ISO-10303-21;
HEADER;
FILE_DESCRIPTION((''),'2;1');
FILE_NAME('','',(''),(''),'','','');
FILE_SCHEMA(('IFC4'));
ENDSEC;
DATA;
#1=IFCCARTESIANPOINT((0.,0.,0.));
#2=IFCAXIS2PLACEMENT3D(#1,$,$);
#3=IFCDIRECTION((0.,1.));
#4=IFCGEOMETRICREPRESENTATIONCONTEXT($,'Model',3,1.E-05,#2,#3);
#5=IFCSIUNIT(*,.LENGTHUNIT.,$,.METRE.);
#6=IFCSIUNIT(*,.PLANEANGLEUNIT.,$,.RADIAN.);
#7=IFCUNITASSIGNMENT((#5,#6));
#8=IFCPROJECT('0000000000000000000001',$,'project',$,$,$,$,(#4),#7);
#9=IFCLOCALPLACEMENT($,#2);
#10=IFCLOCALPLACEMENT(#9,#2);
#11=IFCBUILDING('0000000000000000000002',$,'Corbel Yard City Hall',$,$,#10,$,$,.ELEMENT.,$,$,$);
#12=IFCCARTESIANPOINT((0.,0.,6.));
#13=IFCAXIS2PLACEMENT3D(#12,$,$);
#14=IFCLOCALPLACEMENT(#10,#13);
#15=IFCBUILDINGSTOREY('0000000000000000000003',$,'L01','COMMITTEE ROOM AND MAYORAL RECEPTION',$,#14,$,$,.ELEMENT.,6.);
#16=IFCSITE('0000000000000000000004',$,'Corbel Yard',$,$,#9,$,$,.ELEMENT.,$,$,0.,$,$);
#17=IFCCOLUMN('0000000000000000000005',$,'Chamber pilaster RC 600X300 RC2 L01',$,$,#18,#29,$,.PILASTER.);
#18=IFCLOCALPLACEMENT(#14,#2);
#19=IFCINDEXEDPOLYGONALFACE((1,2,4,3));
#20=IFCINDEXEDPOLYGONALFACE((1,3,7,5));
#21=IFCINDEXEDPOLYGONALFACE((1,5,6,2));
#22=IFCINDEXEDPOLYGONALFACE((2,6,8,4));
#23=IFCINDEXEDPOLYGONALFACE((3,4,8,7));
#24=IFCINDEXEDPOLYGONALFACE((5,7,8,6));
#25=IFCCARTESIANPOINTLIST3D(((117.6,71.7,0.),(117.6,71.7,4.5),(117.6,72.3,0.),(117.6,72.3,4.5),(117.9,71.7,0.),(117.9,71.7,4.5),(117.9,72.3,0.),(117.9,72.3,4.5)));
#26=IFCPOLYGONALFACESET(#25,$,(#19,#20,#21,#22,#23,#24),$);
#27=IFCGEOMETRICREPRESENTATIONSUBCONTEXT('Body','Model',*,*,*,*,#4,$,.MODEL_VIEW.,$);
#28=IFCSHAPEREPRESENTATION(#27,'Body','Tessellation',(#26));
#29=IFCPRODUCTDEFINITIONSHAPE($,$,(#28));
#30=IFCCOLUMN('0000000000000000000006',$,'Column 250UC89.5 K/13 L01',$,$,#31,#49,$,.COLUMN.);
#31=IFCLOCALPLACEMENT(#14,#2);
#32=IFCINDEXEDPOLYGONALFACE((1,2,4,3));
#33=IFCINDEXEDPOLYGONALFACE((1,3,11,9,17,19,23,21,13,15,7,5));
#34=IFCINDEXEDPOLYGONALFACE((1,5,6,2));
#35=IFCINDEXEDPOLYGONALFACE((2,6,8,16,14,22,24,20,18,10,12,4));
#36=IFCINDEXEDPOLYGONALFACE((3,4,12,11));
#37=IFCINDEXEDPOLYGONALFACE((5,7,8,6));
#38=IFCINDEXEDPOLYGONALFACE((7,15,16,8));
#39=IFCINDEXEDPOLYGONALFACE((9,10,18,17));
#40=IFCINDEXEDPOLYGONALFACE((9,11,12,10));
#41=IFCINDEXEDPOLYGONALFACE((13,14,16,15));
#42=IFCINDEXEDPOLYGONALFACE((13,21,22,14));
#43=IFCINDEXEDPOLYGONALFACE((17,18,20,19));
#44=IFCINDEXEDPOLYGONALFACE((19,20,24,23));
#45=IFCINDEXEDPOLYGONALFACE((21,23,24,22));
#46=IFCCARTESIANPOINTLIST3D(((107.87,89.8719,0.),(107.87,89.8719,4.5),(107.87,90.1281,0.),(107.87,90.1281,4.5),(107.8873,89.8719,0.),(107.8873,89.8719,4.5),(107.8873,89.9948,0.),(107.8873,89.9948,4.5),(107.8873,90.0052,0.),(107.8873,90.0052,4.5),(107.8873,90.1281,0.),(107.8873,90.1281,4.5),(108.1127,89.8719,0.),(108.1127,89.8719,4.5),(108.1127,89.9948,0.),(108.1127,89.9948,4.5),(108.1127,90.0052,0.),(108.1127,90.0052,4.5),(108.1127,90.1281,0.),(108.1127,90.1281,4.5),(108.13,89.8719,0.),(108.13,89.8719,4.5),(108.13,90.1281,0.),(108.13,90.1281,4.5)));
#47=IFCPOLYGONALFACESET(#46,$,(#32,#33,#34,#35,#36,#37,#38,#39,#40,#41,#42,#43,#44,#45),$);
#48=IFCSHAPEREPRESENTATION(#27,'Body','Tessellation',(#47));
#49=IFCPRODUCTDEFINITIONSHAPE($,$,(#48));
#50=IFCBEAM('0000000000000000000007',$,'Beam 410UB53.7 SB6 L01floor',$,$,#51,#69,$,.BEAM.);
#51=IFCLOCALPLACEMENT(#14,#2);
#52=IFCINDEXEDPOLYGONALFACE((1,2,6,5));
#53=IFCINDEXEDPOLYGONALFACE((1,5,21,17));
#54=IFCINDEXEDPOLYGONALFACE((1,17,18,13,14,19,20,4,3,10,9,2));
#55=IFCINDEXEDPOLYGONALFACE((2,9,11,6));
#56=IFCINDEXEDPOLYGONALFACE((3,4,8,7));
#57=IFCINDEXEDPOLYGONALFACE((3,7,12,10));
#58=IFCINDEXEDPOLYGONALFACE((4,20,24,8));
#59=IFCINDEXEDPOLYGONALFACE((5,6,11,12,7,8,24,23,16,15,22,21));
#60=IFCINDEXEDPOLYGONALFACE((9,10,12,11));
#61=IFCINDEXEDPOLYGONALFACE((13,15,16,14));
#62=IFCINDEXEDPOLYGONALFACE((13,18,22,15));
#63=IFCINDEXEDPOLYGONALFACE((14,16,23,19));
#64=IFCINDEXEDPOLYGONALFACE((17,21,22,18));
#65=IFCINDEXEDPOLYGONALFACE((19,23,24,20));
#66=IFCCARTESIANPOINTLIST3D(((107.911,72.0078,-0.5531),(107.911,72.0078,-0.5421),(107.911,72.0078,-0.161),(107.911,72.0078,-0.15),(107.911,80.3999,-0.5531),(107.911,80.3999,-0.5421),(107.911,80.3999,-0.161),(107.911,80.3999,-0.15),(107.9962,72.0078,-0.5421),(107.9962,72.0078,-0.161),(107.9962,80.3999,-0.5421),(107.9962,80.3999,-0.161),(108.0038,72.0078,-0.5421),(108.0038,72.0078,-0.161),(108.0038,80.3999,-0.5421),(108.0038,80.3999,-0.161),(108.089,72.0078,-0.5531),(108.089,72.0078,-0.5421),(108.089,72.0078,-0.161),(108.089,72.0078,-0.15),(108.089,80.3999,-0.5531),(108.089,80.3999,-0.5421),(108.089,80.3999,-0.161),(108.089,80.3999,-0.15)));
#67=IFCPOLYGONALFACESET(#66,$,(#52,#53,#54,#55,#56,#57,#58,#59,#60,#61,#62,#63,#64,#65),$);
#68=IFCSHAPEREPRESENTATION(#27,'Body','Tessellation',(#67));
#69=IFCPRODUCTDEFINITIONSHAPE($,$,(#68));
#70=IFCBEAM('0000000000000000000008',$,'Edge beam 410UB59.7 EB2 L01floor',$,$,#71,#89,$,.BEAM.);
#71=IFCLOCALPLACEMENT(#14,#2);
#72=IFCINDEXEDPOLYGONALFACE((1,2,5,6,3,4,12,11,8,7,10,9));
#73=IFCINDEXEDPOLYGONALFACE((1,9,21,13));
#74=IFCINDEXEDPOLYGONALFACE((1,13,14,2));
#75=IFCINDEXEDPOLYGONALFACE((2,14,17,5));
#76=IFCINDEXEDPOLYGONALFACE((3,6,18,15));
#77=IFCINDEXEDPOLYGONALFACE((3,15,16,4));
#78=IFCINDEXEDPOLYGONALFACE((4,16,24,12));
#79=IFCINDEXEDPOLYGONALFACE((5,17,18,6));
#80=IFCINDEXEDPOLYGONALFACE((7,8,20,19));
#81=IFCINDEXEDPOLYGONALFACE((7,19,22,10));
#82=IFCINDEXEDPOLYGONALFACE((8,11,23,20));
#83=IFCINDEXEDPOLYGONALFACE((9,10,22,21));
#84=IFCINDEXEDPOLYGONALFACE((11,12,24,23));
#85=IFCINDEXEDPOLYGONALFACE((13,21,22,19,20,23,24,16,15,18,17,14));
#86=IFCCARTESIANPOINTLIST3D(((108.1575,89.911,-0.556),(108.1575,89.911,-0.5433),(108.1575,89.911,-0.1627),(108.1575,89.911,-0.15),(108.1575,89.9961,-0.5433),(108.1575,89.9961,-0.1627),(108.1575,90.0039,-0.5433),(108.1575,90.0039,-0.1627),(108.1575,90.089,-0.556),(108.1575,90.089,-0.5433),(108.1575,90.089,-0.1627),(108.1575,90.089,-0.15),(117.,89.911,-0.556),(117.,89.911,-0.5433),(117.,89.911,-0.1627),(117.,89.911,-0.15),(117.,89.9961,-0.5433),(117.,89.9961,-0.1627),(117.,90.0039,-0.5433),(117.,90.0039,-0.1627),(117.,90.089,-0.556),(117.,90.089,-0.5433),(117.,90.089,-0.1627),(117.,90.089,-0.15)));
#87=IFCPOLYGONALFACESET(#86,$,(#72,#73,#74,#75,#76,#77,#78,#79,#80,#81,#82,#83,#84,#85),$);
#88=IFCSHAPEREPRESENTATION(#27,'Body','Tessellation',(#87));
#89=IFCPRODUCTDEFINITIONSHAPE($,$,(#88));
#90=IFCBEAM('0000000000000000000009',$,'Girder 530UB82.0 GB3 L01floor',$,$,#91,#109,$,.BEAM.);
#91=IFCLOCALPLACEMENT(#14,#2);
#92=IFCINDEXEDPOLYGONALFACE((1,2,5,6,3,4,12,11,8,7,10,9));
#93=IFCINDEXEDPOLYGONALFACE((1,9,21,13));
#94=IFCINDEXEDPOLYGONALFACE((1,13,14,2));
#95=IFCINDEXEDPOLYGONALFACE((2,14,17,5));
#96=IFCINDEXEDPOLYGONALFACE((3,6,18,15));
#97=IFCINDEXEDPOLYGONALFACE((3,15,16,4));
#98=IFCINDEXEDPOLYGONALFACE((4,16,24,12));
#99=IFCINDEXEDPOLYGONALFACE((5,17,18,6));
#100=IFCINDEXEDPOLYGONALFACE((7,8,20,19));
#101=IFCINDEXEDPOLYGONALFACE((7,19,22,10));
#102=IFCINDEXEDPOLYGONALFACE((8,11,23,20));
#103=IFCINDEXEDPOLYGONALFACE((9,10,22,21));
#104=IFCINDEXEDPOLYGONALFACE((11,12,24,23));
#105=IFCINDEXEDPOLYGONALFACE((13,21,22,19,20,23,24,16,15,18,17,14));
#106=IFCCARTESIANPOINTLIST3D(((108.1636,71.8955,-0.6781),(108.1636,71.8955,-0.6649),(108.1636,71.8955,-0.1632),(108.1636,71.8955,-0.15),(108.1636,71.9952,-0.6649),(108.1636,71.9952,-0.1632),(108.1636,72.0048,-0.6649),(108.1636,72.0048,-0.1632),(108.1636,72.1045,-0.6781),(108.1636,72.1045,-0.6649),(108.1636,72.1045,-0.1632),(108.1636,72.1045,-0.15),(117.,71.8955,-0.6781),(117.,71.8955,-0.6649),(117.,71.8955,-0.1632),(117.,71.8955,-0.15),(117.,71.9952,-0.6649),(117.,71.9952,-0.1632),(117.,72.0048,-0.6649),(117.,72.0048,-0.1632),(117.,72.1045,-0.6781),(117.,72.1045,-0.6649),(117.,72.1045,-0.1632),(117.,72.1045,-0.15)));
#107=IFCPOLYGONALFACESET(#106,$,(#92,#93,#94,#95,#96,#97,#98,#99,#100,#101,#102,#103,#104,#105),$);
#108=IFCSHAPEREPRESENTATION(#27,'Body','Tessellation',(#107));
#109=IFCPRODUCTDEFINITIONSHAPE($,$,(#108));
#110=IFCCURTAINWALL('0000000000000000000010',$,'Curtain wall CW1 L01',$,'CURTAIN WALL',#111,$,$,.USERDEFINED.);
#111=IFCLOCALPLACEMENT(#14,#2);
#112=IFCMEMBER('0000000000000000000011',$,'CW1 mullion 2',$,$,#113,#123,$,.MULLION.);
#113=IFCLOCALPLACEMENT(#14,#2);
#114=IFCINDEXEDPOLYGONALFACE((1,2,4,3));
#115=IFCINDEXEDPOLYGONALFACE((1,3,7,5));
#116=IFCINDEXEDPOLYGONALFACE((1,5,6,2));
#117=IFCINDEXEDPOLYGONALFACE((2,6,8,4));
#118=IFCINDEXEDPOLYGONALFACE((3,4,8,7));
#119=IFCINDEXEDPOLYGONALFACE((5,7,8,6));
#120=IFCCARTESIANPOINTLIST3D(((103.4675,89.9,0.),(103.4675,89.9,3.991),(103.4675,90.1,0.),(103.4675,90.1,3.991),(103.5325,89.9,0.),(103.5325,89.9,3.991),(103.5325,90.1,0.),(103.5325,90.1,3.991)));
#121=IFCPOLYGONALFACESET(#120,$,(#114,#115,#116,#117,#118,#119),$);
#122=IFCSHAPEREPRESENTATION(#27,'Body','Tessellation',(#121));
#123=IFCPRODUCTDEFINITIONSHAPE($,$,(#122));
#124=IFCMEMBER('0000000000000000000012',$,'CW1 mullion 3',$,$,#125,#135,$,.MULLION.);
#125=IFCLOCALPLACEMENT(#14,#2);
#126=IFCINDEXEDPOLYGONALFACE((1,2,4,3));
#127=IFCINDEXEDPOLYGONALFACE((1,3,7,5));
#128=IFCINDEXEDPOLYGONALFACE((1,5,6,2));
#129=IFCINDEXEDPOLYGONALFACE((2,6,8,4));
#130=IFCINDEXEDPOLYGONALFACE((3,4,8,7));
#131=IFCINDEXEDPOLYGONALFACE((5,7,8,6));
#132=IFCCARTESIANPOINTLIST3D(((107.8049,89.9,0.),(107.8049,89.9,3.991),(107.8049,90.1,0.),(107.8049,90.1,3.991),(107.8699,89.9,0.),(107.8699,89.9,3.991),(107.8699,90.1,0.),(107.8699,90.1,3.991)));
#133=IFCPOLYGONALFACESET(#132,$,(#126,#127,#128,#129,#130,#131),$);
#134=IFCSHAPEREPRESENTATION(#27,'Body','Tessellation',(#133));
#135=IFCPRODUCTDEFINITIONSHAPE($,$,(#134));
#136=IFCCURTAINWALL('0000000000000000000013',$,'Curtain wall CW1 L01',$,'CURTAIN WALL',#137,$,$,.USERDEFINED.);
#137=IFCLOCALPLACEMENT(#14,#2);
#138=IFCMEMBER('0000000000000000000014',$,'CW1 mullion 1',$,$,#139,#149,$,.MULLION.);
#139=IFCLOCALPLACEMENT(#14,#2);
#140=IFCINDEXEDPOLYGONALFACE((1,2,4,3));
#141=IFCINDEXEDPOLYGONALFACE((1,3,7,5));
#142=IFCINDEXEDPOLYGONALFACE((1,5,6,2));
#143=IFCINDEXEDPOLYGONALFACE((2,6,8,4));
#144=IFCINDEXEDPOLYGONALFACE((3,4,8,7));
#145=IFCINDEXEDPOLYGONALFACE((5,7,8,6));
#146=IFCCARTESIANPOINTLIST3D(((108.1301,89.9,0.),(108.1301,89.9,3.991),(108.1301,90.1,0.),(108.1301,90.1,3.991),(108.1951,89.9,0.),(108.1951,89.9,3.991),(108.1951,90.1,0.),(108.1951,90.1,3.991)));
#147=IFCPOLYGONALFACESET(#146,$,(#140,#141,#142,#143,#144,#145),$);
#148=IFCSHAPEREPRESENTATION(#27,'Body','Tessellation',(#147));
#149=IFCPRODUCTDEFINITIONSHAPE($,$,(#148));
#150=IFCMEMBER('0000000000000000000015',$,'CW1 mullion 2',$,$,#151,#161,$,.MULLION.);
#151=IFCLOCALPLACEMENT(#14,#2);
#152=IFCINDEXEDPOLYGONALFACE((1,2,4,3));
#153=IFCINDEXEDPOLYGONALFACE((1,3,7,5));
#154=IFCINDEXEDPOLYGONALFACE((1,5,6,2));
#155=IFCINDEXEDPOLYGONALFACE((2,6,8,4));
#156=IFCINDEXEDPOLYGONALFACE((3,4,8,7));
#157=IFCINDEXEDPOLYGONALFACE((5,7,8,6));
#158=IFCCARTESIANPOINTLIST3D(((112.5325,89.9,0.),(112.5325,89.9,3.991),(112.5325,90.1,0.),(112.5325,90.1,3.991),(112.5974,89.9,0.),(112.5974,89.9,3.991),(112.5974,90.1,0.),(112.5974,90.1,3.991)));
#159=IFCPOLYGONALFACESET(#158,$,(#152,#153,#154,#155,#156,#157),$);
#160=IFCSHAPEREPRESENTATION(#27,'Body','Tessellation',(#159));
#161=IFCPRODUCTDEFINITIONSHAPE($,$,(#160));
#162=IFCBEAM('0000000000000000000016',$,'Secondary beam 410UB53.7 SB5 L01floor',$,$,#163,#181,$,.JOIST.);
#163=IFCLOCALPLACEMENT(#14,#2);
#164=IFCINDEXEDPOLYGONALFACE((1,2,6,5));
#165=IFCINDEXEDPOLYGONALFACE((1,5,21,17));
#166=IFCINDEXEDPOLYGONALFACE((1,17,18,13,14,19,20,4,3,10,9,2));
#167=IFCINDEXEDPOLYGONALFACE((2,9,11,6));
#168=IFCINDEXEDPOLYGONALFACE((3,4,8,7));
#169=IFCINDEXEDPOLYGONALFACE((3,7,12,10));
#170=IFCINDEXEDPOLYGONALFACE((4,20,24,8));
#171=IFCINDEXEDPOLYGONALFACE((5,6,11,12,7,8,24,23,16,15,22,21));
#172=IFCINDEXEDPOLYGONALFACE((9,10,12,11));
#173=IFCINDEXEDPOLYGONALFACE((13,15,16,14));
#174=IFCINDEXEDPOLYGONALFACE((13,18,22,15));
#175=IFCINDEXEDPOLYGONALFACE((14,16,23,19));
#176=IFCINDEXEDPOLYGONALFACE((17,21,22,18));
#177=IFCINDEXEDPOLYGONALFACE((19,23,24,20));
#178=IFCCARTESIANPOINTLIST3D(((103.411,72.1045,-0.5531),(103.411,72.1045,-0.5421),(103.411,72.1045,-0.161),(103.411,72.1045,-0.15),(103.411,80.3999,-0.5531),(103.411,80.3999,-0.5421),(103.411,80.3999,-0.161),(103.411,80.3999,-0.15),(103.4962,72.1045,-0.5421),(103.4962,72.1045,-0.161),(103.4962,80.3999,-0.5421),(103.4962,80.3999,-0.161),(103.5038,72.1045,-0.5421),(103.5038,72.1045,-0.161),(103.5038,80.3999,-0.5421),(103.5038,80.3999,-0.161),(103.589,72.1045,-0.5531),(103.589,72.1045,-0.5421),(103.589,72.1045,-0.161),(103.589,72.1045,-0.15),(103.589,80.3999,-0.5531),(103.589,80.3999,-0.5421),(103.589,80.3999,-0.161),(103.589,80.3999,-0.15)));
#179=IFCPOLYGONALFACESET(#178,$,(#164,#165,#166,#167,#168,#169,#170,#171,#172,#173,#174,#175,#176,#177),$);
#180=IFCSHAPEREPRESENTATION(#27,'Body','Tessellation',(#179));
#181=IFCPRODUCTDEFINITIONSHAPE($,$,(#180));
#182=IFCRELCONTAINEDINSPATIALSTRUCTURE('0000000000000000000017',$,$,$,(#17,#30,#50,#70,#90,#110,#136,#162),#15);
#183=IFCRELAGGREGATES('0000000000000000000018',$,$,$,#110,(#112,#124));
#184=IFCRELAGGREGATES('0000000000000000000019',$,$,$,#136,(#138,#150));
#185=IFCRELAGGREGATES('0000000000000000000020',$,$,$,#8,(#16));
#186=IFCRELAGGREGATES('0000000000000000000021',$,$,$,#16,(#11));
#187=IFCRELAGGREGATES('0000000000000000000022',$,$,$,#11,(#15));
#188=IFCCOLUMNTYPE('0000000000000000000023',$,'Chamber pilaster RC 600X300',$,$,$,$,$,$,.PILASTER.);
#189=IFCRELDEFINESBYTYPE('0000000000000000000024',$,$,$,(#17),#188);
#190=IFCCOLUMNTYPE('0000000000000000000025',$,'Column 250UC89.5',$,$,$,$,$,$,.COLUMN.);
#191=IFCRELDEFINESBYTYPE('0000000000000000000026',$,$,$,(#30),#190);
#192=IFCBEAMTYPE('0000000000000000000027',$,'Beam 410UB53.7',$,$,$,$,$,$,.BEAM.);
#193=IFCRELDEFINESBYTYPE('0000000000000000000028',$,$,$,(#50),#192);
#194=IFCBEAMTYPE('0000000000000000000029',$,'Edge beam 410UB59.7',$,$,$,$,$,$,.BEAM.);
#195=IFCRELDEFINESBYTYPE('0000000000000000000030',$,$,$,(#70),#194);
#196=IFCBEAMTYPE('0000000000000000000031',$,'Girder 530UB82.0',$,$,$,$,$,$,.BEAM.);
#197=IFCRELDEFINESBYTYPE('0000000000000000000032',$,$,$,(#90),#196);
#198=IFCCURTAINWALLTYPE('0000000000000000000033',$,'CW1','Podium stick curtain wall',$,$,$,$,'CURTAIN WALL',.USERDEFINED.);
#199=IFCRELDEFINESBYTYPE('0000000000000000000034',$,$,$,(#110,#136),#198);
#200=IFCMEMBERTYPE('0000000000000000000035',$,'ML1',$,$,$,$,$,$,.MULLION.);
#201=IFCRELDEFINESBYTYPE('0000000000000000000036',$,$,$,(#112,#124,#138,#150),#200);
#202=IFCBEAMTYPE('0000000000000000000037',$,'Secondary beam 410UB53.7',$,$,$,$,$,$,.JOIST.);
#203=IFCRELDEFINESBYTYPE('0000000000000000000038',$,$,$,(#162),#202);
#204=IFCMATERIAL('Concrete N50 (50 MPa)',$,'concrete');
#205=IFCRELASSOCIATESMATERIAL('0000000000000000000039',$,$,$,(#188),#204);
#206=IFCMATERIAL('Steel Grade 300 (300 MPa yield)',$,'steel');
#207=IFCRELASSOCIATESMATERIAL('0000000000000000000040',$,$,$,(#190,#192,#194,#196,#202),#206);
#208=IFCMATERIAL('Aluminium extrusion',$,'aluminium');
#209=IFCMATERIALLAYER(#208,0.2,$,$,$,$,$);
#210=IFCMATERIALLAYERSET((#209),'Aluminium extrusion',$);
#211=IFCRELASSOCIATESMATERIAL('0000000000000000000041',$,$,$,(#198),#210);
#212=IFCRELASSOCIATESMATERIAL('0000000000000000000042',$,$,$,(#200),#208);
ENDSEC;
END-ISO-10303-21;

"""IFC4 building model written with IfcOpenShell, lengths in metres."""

from ifc_helpers import new_model, si_unit, direction, frame, origin, origin_2d, place, context, subcontext, project, spatial, rectangle, i_section, extrude, material, layer, layer_set, material_profile, profile_set, type_object, element, aggregate, save


model = new_model("IFC4")

# Units and contexts
model_context = context("Model", 3, precision=1e-05, world=origin(), true_north=direction((0.0, 1.0)))
body_context = subcontext(model_context, "Body", "Model", "MODEL_VIEW")
ifc_project = project(units=[si_unit("LENGTHUNIT", "METRE"), si_unit("PLANEANGLEUNIT", "RADIAN")], contexts=[model_context])

# Site, building, storey
site_placement = place(None, origin())
site = spatial("IfcSite", under=ifc_project, at=site_placement, Name="Corbel Yard", CompositionType="ELEMENT", RefElevation=0.0)
building_placement = place(site_placement, origin())
building = spatial("IfcBuilding", under=site, at=building_placement, Name="Corbel Yard City Hall", CompositionType="ELEMENT")
storey_placement = place(building_placement, frame((0.0, 0.0, 6.0)))
storey = spatial("IfcBuildingStorey", under=building, at=storey_placement, Name="L01", Description="COMMITTEE ROOM AND MAYORAL RECEPTION", CompositionType="ELEMENT", Elevation=6.0)

# Columns
ifc_material_1 = material(Name="Concrete N50 (50 MPa)", Category="concrete")
ifc_material_profile_1 = material_profile(ifc_material_1, rectangle(XDim=0.6001, YDim=0.3, at=origin_2d()), Name="600x300")
ifc_profile_set_1 = profile_set([ifc_material_profile_1], Name="Concrete N50 (50 MPa)")
column_type_1 = type_object("IfcColumnType", Name="Chamber pilaster RC 600X300", PredefinedType="PILASTER", material=ifc_profile_set_1)
column_1_placement = place(storey_placement, frame((117.75, 72.0, 0.0), z_axis=(0.0, 0.0, 1.0), x_axis=(0.0, 1.0, 0.0)))
element("IfcColumn", 1, at=column_1_placement, inside=storey, type_object=column_type_1, Name="Chamber pilaster RC 600X300 RC2 L01", PredefinedType="PILASTER", context=body_context, shape_type="SweptSolid", body=[
    extrude(rectangle(XDim=0.6001, YDim=0.3, at=origin_2d()), origin(), (0.0, 0.0, 1.0), 4.5),
])
ifc_material_2 = material(Name="Steel Grade 300 (300 MPa yield)", Category="steel")
ifc_material_profile_2 = material_profile(ifc_material_2, i_section(OverallWidth=0.2561, OverallDepth=0.26, WebThickness=0.0105, FlangeThickness=0.0173, at=origin_2d()), Name="250UC89.5")
ifc_profile_set_2 = profile_set([ifc_material_profile_2], Name="Steel Grade 300 (300 MPa yield)")
column_type_2 = type_object("IfcColumnType", Name="Column 250UC89.5", PredefinedType="COLUMN", material=ifc_profile_set_2)
column_2_placement = place(storey_placement, frame((108.0, 90.0, 0.0), z_axis=(0.0, 0.0, 1.0), x_axis=(0.0, 1.0, 0.0)))
element("IfcColumn", 2, at=column_2_placement, inside=storey, type_object=column_type_2, Name="Column 250UC89.5 K/13 L01", PredefinedType="COLUMN", context=body_context, shape_type="SweptSolid", body=[
    extrude(i_section(OverallWidth=0.2561, OverallDepth=0.26, WebThickness=0.0105, FlangeThickness=0.0173, at=origin_2d()), origin(), (0.0, 0.0, 1.0), 4.5),
])

# Beams
ifc_material_profile_3 = material_profile(ifc_material_2, i_section(OverallWidth=0.178, OverallDepth=0.4031, WebThickness=0.0076, FlangeThickness=0.011, at=origin_2d()), Name="410UB53.7")
ifc_profile_set_3 = profile_set([ifc_material_profile_3], Name="Steel Grade 300 (300 MPa yield)")
beam_type_1 = type_object("IfcBeamType", Name="Beam 410UB53.7", PredefinedType="BEAM", material=ifc_profile_set_3)
beam_1_placement = place(storey_placement, frame((108.0, 72.0078, -0.3516), z_axis=(0.0, 1.0, 0.0), x_axis=(-1.0, 0.0, 0.0)))
element("IfcBeam", 3, at=beam_1_placement, inside=storey, type_object=beam_type_1, Name="Beam 410UB53.7 SB6 L01floor", PredefinedType="BEAM", context=body_context, shape_type="SweptSolid", body=[
    extrude(i_section(OverallWidth=0.178, OverallDepth=0.4031, WebThickness=0.0076, FlangeThickness=0.011, at=origin_2d()), origin(), (0.0, 0.0, 1.0), 8.3921),
])
ifc_material_profile_4 = material_profile(ifc_material_2, i_section(OverallWidth=0.178, OverallDepth=0.406, WebThickness=0.0078, FlangeThickness=0.0127, at=origin_2d()), Name="410UB59.7")
ifc_profile_set_4 = profile_set([ifc_material_profile_4], Name="Steel Grade 300 (300 MPa yield)")
beam_type_2 = type_object("IfcBeamType", Name="Edge beam 410UB59.7", PredefinedType="BEAM", material=ifc_profile_set_4)
beam_2_placement = place(storey_placement, frame((108.1575, 90.0, -0.353), z_axis=(1.0, 0.0, 0.0), x_axis=(0.0, 1.0, 0.0)))
element("IfcBeam", 4, at=beam_2_placement, inside=storey, type_object=beam_type_2, Name="Edge beam 410UB59.7 EB2 L01floor", PredefinedType="BEAM", context=body_context, shape_type="SweptSolid", body=[
    extrude(i_section(OverallWidth=0.178, OverallDepth=0.406, WebThickness=0.0078, FlangeThickness=0.0127, at=origin_2d()), origin(), (0.0, 0.0, 1.0), 8.8425),
])
ifc_material_profile_5 = material_profile(ifc_material_2, i_section(OverallWidth=0.209, OverallDepth=0.5281, WebThickness=0.0095, FlangeThickness=0.0132, at=origin_2d()), Name="530UB82.0")
ifc_profile_set_5 = profile_set([ifc_material_profile_5], Name="Steel Grade 300 (300 MPa yield)")
beam_type_3 = type_object("IfcBeamType", Name="Girder 530UB82.0", PredefinedType="BEAM", material=ifc_profile_set_5)
beam_3_placement = place(storey_placement, frame((108.1636, 72.0, -0.4141), z_axis=(1.0, 0.0, 0.0), x_axis=(0.0, 1.0, 0.0)))
element("IfcBeam", 5, at=beam_3_placement, inside=storey, type_object=beam_type_3, Name="Girder 530UB82.0 GB3 L01floor", PredefinedType="BEAM", context=body_context, shape_type="SweptSolid", body=[
    extrude(i_section(OverallWidth=0.209, OverallDepth=0.5281, WebThickness=0.0095, FlangeThickness=0.0132, at=origin_2d()), origin(), (0.0, 0.0, 1.0), 8.8364),
])

# Curtain walls, members
ifc_material_3 = material(Name="Aluminium extrusion", Category="aluminium")
ifc_layer_1 = layer(ifc_material_3, 0.2)
ifc_layer_set_1 = layer_set([ifc_layer_1], Name="Aluminium extrusion")
curtain_wall_type = type_object("IfcCurtainWallType", Name="CW1", Description="Podium stick curtain wall", ElementType="CURTAIN WALL", PredefinedType="USERDEFINED", material=ifc_layer_set_1)
curtain_wall_1_placement = place(storey_placement, origin())
curtain_wall_1 = element("IfcCurtainWall", 6, at=curtain_wall_1_placement, inside=storey, type_object=curtain_wall_type, Name="Curtain wall CW1 L01", ObjectType="CURTAIN WALL", PredefinedType="USERDEFINED")
ifc_material_profile_6 = material_profile(ifc_material_3, rectangle(XDim=0.2, YDim=0.0649, at=origin_2d()), Name="200x65")
ifc_profile_set_6 = profile_set([ifc_material_profile_6], Name="Aluminium extrusion")
member_type_1 = type_object("IfcMemberType", Name="ML1", PredefinedType="MULLION", material=ifc_profile_set_6)
member_1_placement = place(storey_placement, frame((103.5, 90.0, 0.0), z_axis=(0.0, 0.0, 1.0), x_axis=(0.0, 1.0, 0.0)))
member_1 = element("IfcMember", 7, at=member_1_placement, type_object=member_type_1, Name="CW1 mullion 2", PredefinedType="MULLION", context=body_context, shape_type="SweptSolid", body=[
    extrude(rectangle(XDim=0.2, YDim=0.0649, at=origin_2d()), origin(), (0.0, 0.0, 1.0), 3.991),
])
member_2_placement = place(storey_placement, frame((107.8374, 90.0, 0.0), z_axis=(0.0, 0.0, 1.0), x_axis=(0.0, 1.0, 0.0)))
member_2 = element("IfcMember", 8, at=member_2_placement, type_object=member_type_1, Name="CW1 mullion 3", PredefinedType="MULLION", context=body_context, shape_type="SweptSolid", body=[
    extrude(rectangle(XDim=0.2, YDim=0.0649, at=origin_2d()), origin(), (0.0, 0.0, 1.0), 3.991),
])
curtain_wall_2_placement = place(storey_placement, origin())
curtain_wall_2 = element("IfcCurtainWall", 9, at=curtain_wall_2_placement, inside=storey, type_object=curtain_wall_type, Name="Curtain wall CW1 L01", ObjectType="CURTAIN WALL", PredefinedType="USERDEFINED")
member_3_placement = place(storey_placement, frame((108.1626, 90.0, 0.0), z_axis=(0.0, 0.0, 1.0), x_axis=(0.0, 1.0, 0.0)))
member_3 = element("IfcMember", 10, at=member_3_placement, type_object=member_type_1, Name="CW1 mullion 1", PredefinedType="MULLION", context=body_context, shape_type="SweptSolid", body=[
    extrude(rectangle(XDim=0.2, YDim=0.0649, at=origin_2d()), origin(), (0.0, 0.0, 1.0), 3.991),
])
member_4_placement = place(storey_placement, frame((112.5649, 90.0, 0.0), z_axis=(0.0, 0.0, 1.0), x_axis=(0.0, 1.0, 0.0)))
member_4 = element("IfcMember", 11, at=member_4_placement, type_object=member_type_1, Name="CW1 mullion 2", PredefinedType="MULLION", context=body_context, shape_type="SweptSolid", body=[
    extrude(rectangle(XDim=0.2, YDim=0.0649, at=origin_2d()), origin(), (0.0, 0.0, 1.0), 3.991),
])

# Beam
ifc_material_profile_7 = material_profile(ifc_material_2, i_section(OverallWidth=0.178, OverallDepth=0.4031, WebThickness=0.0076, FlangeThickness=0.011, at=origin_2d()), Name="410UB53.7")
ifc_profile_set_7 = profile_set([ifc_material_profile_7], Name="Steel Grade 300 (300 MPa yield)")
beam_type_4 = type_object("IfcBeamType", Name="Secondary beam 410UB53.7", PredefinedType="JOIST", material=ifc_profile_set_7)
for number, where, z_axis, x_axis, name in (
    (12, (103.5, 72.1045, -0.3516), (0.0, 1.0, 0.0), (-1.0, 0.0, 0.0), "Secondary beam 410UB53.7 SB5 L01floor"),
):
    element("IfcBeam", number, at=place(storey_placement, frame(where, z_axis=z_axis, x_axis=x_axis)), inside=storey, type_object=beam_type_4, Name=name, PredefinedType="JOIST", context=body_context, shape_type="SweptSolid", body=[
        extrude(i_section(OverallWidth=0.178, OverallDepth=0.4031, WebThickness=0.0076, FlangeThickness=0.011, at=origin_2d()), origin(), (0.0, 0.0, 1.0), 8.2954),
    ])

aggregate(curtain_wall_1, [member_1, member_2])
aggregate(curtain_wall_2, [member_3, member_4])

save(model, "model.ifc")
